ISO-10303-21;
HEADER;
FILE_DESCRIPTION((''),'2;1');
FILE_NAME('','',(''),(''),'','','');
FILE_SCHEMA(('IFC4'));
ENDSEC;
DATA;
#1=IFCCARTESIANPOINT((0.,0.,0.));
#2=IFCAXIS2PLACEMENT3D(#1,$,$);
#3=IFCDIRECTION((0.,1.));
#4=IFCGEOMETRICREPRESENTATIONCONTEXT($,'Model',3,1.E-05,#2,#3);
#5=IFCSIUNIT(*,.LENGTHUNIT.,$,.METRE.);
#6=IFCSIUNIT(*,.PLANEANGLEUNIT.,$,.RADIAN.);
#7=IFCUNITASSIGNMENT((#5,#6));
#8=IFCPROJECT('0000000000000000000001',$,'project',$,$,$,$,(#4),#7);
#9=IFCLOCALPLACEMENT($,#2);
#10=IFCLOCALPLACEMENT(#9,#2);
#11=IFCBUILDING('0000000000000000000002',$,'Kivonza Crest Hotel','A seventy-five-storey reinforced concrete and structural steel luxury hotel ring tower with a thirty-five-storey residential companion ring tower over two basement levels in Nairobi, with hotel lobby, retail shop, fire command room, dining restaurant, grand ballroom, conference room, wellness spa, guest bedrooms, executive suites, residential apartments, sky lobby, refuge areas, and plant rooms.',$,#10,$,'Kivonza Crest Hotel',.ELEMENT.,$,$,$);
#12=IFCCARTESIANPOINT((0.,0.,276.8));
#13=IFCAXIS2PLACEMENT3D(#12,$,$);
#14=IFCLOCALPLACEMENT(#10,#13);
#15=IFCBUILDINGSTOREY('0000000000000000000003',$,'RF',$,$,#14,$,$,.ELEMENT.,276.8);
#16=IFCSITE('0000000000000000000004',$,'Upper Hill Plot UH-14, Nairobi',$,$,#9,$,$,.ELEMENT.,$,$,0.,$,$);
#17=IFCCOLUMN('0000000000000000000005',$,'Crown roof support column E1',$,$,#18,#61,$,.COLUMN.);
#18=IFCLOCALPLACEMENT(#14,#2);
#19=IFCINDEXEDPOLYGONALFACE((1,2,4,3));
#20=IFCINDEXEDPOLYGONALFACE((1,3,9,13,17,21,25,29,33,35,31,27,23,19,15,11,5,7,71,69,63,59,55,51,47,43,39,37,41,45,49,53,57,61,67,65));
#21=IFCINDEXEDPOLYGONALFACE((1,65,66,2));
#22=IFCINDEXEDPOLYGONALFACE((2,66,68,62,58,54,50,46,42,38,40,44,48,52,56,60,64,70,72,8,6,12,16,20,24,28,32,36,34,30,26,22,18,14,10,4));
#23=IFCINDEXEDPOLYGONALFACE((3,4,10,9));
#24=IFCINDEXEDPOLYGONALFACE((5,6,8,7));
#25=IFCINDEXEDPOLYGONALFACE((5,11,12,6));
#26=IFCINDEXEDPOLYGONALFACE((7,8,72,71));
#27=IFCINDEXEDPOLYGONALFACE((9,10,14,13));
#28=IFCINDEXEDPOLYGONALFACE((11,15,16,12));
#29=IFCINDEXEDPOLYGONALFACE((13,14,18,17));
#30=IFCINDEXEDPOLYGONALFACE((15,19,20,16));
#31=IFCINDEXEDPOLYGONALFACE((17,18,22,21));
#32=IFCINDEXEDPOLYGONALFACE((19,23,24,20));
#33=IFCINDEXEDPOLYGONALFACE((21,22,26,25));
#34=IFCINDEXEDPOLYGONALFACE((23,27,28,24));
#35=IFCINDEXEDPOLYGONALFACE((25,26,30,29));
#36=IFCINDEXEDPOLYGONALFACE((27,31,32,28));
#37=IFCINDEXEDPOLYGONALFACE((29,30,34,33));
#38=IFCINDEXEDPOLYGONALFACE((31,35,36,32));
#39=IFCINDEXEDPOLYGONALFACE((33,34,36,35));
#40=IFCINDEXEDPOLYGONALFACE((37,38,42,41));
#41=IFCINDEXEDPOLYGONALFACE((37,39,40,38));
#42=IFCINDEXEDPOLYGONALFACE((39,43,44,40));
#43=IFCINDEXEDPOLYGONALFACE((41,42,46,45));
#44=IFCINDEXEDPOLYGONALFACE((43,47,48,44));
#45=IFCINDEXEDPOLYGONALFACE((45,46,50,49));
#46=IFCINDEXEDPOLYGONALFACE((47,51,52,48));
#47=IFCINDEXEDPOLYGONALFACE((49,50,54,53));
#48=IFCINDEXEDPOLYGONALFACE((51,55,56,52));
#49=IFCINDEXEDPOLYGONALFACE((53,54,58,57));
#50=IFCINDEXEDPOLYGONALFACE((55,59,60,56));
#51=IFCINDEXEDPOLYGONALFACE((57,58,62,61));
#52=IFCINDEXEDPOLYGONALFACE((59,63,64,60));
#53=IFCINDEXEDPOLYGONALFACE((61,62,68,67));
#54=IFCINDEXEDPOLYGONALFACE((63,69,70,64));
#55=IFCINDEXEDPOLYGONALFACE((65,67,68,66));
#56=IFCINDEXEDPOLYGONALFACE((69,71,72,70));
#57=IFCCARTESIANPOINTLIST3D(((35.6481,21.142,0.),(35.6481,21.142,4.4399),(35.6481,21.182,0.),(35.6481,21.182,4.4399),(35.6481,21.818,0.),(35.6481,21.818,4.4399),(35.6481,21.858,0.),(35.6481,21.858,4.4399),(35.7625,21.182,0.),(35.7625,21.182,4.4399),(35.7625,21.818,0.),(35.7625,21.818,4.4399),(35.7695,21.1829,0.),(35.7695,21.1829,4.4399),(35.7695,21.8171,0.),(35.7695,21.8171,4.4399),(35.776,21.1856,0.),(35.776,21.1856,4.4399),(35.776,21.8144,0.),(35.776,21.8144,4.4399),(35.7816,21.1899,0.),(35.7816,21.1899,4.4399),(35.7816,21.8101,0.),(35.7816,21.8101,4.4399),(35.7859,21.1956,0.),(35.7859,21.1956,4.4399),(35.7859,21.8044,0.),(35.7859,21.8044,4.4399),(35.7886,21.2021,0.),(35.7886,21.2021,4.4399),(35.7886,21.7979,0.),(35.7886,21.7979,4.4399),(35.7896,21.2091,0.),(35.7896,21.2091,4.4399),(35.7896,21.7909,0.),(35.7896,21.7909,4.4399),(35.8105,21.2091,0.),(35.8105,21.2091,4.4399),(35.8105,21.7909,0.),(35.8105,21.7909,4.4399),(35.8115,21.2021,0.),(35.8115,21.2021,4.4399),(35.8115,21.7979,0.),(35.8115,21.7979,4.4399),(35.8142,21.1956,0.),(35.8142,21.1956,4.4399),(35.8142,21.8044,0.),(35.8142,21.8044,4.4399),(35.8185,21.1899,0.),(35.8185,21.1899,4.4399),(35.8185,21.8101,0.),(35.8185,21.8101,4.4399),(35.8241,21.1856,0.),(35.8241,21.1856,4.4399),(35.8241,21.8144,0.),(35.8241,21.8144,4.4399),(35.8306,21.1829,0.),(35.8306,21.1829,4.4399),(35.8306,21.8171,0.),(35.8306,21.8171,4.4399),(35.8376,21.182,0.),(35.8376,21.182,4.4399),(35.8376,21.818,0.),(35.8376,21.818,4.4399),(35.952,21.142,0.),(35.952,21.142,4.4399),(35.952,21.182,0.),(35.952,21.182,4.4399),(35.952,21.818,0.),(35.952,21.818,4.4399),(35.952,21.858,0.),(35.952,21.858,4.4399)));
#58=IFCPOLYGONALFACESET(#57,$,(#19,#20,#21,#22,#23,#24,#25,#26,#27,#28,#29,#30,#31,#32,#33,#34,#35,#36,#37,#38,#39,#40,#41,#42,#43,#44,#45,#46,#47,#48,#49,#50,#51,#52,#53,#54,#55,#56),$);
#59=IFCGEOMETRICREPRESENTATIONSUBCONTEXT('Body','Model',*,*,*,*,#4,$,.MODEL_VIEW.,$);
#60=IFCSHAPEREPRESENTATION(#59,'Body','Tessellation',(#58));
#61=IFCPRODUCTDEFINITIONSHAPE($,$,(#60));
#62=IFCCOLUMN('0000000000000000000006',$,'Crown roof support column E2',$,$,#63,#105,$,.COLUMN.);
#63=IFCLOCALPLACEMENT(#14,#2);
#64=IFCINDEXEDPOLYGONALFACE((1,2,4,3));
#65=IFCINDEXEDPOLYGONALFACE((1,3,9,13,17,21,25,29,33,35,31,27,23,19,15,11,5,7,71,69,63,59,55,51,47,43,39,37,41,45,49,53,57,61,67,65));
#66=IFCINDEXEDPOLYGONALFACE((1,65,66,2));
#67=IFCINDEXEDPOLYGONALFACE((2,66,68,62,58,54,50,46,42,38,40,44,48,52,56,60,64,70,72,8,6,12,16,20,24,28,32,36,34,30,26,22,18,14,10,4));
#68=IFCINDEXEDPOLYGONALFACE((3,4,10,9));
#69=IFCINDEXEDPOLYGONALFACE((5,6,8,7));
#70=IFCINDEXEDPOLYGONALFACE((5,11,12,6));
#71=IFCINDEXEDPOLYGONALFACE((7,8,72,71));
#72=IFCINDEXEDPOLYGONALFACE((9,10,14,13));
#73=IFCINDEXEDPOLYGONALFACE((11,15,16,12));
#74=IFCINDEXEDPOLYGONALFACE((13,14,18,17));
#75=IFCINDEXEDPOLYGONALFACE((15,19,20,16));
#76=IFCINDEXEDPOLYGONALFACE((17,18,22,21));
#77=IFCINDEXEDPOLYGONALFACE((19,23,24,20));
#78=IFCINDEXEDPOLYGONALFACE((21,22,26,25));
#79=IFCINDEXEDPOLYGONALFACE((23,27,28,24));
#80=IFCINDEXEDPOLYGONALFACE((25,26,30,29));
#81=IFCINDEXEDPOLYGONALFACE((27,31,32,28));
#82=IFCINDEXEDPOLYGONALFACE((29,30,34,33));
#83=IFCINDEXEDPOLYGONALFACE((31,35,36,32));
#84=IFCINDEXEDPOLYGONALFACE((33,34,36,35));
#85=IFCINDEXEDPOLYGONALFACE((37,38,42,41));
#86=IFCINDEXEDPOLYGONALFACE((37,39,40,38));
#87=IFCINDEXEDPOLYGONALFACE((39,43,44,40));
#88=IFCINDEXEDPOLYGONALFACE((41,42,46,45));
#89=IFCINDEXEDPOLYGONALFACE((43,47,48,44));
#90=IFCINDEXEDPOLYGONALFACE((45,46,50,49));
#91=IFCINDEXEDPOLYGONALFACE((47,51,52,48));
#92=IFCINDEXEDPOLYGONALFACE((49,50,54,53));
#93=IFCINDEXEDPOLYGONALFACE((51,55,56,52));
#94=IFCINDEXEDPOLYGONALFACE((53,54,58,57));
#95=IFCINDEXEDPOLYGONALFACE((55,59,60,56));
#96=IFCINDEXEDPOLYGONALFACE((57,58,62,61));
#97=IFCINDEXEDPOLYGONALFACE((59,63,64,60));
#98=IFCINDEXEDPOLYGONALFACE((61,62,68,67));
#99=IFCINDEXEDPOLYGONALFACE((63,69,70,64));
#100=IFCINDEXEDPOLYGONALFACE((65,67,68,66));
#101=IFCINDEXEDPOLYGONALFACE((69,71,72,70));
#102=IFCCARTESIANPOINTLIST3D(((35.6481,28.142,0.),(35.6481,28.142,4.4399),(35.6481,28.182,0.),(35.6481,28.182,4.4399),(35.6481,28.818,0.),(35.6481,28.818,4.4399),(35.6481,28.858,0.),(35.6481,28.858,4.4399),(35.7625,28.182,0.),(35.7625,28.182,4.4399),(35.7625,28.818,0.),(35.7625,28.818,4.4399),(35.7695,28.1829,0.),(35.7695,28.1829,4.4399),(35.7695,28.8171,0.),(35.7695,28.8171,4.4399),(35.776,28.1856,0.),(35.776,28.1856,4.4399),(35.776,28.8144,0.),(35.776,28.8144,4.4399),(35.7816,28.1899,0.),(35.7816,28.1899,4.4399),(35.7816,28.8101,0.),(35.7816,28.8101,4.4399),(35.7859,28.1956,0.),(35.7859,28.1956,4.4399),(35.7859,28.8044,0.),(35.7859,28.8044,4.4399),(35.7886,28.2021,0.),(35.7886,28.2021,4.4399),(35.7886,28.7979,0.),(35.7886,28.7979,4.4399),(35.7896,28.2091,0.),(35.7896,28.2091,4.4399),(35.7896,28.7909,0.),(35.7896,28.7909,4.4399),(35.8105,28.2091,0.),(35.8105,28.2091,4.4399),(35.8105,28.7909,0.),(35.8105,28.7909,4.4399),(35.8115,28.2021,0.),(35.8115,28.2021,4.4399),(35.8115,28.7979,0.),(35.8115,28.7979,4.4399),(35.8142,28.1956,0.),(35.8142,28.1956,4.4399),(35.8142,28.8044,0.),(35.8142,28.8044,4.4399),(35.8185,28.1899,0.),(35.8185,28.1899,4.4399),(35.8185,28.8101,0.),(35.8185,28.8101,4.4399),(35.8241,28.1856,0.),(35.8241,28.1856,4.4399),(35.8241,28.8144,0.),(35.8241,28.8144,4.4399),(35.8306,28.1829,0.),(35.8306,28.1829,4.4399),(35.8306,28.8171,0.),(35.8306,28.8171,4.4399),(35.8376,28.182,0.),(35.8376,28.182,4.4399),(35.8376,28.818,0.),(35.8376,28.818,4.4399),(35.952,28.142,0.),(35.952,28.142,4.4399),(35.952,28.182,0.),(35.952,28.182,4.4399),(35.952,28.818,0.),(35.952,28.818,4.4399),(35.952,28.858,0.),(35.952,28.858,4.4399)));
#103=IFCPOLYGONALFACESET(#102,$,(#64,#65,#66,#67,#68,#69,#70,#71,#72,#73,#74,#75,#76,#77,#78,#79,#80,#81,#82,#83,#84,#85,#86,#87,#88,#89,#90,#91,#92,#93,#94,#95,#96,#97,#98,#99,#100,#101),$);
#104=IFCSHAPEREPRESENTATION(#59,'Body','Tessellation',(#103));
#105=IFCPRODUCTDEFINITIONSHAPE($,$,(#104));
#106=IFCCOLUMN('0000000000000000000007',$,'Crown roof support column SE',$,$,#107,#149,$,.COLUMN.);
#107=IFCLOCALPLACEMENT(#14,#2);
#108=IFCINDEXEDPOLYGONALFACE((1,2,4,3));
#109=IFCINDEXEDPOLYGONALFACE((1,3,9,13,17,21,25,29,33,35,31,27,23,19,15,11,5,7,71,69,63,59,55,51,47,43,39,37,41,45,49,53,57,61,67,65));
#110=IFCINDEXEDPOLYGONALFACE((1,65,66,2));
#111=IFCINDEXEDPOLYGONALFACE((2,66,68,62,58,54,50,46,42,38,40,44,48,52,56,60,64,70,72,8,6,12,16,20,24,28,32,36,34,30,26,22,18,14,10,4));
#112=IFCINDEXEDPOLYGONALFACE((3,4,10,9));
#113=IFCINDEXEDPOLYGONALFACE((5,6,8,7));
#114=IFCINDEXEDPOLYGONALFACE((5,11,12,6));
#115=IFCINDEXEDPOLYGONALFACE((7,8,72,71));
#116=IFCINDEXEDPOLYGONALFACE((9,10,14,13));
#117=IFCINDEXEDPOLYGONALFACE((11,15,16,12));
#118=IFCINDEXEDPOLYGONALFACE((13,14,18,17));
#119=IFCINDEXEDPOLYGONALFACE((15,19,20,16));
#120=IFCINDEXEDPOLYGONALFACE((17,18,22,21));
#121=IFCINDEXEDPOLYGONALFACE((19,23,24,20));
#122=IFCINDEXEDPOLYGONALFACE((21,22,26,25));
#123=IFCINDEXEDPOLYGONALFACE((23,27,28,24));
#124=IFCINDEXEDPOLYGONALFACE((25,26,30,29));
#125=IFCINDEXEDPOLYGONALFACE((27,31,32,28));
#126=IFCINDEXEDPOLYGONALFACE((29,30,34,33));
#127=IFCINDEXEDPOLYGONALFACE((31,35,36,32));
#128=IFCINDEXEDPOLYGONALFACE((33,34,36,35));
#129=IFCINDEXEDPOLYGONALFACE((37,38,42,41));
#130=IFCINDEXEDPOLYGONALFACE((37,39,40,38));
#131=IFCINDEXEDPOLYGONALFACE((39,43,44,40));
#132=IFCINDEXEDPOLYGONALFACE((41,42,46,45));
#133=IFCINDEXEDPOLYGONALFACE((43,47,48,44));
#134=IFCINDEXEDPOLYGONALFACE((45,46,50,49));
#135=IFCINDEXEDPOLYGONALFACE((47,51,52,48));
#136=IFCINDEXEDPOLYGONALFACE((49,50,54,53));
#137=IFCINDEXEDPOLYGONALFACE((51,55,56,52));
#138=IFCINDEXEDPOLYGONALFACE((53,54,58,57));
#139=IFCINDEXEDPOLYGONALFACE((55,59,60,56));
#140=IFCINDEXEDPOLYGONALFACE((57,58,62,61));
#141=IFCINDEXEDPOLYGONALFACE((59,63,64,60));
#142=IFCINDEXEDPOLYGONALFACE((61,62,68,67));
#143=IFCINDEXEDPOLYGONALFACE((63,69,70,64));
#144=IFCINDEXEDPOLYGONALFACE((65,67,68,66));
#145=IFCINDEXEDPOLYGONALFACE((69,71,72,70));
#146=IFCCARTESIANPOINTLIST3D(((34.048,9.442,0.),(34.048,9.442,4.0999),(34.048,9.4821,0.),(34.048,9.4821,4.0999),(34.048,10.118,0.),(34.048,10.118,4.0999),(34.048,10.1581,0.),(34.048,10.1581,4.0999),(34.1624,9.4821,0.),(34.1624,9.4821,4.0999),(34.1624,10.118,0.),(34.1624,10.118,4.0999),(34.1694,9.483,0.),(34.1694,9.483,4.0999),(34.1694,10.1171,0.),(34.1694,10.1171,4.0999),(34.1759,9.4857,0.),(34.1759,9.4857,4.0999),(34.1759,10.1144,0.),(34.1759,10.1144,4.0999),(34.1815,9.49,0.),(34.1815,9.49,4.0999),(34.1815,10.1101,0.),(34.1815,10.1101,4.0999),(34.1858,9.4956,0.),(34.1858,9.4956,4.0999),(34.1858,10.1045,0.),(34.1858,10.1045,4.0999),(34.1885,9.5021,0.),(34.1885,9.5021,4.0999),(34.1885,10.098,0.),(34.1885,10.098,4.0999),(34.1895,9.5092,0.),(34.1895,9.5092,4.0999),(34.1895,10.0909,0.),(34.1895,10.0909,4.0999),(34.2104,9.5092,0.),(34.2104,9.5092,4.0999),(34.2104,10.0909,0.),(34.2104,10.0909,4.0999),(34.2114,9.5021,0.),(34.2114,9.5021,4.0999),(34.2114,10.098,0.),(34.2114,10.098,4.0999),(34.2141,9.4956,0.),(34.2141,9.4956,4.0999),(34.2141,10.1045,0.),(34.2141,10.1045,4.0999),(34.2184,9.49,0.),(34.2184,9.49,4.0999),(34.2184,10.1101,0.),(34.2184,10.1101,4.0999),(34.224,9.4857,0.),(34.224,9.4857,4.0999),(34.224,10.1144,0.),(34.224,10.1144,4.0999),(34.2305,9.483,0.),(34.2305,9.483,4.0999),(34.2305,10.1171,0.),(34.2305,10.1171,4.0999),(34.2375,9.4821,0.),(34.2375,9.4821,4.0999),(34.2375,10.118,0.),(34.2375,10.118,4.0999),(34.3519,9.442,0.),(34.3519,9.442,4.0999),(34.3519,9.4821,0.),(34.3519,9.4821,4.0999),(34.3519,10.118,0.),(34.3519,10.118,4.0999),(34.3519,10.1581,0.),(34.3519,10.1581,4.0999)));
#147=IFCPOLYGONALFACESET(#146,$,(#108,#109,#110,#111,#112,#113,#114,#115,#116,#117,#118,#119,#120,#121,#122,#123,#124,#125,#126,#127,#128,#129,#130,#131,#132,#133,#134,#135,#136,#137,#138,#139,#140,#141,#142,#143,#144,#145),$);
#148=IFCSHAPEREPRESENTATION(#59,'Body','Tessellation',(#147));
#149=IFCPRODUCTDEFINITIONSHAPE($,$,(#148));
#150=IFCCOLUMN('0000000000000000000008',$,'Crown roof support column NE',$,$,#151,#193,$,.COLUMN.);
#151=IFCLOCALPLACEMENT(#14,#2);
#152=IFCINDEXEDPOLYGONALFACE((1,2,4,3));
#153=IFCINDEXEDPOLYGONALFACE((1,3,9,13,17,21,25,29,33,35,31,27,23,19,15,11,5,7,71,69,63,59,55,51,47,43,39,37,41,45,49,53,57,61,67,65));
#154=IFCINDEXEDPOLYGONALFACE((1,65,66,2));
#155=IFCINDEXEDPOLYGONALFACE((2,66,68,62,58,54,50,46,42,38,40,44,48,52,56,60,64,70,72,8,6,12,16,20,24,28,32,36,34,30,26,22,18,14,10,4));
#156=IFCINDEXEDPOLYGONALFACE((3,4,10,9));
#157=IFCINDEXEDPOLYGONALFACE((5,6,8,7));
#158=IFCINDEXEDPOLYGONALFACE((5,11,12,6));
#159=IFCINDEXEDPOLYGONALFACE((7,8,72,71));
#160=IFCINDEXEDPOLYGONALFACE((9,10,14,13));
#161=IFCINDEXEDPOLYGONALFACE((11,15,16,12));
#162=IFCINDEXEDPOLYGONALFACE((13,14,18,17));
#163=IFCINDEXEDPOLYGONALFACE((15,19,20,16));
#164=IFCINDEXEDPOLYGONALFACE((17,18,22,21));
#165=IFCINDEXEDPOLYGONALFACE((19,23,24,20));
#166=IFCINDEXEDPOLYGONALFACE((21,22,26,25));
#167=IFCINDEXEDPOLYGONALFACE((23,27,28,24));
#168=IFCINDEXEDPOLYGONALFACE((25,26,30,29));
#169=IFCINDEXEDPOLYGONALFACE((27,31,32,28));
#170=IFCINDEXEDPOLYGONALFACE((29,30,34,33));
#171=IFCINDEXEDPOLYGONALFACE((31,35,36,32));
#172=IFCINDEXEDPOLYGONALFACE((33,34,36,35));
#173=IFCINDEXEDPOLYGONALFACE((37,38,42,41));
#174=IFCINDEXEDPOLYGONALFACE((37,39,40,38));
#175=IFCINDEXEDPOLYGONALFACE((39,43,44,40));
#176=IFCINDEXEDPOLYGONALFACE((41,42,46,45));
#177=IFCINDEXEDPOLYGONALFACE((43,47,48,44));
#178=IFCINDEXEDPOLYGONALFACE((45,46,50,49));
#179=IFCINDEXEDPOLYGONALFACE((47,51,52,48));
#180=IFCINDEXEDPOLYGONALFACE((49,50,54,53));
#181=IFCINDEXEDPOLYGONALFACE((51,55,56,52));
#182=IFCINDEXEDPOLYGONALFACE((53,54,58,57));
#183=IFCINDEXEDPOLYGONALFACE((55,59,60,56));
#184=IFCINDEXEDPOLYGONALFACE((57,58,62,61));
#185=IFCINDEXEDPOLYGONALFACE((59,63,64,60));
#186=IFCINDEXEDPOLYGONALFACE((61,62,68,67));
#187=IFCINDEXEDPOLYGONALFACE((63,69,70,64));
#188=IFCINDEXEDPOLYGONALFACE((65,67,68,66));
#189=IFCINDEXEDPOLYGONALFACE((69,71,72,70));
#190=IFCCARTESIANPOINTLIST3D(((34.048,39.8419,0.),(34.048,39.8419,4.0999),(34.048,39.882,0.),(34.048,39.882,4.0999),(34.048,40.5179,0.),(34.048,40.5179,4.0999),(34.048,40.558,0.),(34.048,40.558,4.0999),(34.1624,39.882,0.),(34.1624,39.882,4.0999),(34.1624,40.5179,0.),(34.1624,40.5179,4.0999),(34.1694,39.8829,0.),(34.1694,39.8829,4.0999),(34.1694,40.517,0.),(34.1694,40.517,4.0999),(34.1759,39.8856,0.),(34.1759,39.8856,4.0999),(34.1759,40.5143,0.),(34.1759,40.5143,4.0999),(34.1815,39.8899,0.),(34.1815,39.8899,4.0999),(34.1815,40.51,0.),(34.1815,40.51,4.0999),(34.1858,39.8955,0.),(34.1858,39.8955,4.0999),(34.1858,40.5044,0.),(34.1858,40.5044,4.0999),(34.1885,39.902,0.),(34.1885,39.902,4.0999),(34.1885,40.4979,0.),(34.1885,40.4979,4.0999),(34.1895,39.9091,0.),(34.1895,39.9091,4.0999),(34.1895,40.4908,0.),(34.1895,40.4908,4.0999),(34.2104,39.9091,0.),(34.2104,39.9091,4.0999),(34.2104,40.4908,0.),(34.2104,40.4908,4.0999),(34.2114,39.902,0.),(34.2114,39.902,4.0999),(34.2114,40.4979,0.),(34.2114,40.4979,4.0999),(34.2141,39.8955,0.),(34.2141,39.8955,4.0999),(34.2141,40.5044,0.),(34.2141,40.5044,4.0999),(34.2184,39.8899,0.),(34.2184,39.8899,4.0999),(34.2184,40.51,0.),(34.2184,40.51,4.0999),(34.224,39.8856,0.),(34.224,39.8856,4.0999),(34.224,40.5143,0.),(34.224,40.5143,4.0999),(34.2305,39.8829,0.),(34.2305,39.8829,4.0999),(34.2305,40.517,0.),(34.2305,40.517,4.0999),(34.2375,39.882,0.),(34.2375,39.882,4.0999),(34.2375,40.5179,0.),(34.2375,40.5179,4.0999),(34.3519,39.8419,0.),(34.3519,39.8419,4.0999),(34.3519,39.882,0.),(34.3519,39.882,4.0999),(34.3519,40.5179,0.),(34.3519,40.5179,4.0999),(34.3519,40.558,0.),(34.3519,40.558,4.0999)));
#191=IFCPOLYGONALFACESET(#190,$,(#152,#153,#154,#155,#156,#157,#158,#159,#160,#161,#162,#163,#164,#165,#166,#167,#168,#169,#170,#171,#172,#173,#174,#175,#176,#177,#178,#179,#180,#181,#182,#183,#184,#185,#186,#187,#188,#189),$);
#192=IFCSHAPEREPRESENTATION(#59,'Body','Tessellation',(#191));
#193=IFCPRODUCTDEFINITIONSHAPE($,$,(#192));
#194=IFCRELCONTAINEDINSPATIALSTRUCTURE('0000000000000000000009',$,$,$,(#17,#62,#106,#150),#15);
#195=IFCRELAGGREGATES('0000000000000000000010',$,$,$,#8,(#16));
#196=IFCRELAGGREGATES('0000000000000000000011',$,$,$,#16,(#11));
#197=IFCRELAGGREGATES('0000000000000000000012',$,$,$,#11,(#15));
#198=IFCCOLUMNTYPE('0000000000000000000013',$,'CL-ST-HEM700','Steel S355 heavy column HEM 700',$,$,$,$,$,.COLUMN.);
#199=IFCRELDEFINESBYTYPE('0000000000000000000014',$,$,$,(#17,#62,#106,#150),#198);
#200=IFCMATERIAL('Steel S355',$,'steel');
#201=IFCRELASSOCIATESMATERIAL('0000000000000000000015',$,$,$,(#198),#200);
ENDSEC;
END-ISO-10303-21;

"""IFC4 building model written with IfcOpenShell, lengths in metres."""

from ifc_helpers import new_model, si_unit, direction, frame, origin, origin_2d, place, context, subcontext, project, spatial, i_section, extrude, material, material_profile, profile_set, type_object, element, save


model = new_model("IFC4")

# Units and contexts
model_context = context("Model", 3, precision=1e-05, world=origin(), true_north=direction((0.0, 1.0)))
body_context = subcontext(model_context, "Body", "Model", "MODEL_VIEW")
ifc_project = project(units=[si_unit("LENGTHUNIT", "METRE"), si_unit("PLANEANGLEUNIT", "RADIAN")], contexts=[model_context])

# Site, building, storey
site_placement = place(None, origin())
site = spatial("IfcSite", under=ifc_project, at=site_placement, Name="Upper Hill Plot UH-14, Nairobi", CompositionType="ELEMENT", RefElevation=0.0)
building_placement = place(site_placement, origin())
building = spatial("IfcBuilding", under=site, at=building_placement, Name="Kivonza Crest Hotel", Description="A seventy-five-storey reinforced concrete and structural steel luxury hotel ring tower with a thirty-five-storey residential companion ring tower over two basement levels in Nairobi, with hotel lobby, retail shop, fire command room, dining restaurant, grand ballroom, conference room, wellness spa, guest bedrooms, executive suites, residential apartments, sky lobby, refuge areas, and plant rooms.", LongName="Kivonza Crest Hotel", CompositionType="ELEMENT")
storey_placement = place(building_placement, frame((0.0, 0.0, 276.8)))
storey = spatial("IfcBuildingStorey", under=building, at=storey_placement, Name="RF", CompositionType="ELEMENT", Elevation=276.8)

# Columns
ifc_material_1 = material(Name="Steel S355", Category="steel")
ifc_material_profile_1 = material_profile(ifc_material_1, i_section(OverallWidth=0.304, OverallDepth=0.7161, WebThickness=0.021, FlangeThickness=0.04, FilletRadius=0.0271, at=origin_2d()), Name="HEM 700")
ifc_profile_set_1 = profile_set([ifc_material_profile_1], Name="Steel S355")
column_type = type_object("IfcColumnType", Name="CL-ST-HEM700", Description="Steel S355 heavy column HEM 700", PredefinedType="COLUMN", material=ifc_profile_set_1)
for number, where, z_axis, x_axis, name in (
    (1, (35.8, 21.5, 0.0), (0.0, 0.0, 1.0), (1.0, 0.0, 0.0), "Crown roof support column E1"),
    (2, (35.8, 28.5, 0.0), (0.0, 0.0, 1.0), (1.0, 0.0, 0.0), "Crown roof support column E2"),
):
    element("IfcColumn", number, at=place(storey_placement, frame(where, z_axis=z_axis, x_axis=x_axis)), inside=storey, type_object=column_type, Name=name, PredefinedType="COLUMN", context=body_context, shape_type="SweptSolid", body=[
        extrude(i_section(OverallWidth=0.304, OverallDepth=0.7161, WebThickness=0.021, FlangeThickness=0.04, FilletRadius=0.0271, at=origin_2d()), origin(), (0.0, 0.0, 1.0), 4.4399),
    ])
for number, where, z_axis, x_axis, name in (
    (3, (34.2, 9.8, 0.0), (0.0, 0.0, 1.0), (1.0, 0.0, 0.0), "Crown roof support column SE"),
    (4, (34.2, 40.2, 0.0), (0.0, 0.0, 1.0), (1.0, 0.0, 0.0), "Crown roof support column NE"),
):
    element("IfcColumn", number, at=place(storey_placement, frame(where, z_axis=z_axis, x_axis=x_axis)), inside=storey, type_object=column_type, Name=name, PredefinedType="COLUMN", context=body_context, shape_type="SweptSolid", body=[
        extrude(i_section(OverallWidth=0.304, OverallDepth=0.7161, WebThickness=0.021, FlangeThickness=0.04, FilletRadius=0.0271, at=origin_2d()), origin(), (0.0, 0.0, 1.0), 4.0999),
    ])

save(model, "model.ifc")
